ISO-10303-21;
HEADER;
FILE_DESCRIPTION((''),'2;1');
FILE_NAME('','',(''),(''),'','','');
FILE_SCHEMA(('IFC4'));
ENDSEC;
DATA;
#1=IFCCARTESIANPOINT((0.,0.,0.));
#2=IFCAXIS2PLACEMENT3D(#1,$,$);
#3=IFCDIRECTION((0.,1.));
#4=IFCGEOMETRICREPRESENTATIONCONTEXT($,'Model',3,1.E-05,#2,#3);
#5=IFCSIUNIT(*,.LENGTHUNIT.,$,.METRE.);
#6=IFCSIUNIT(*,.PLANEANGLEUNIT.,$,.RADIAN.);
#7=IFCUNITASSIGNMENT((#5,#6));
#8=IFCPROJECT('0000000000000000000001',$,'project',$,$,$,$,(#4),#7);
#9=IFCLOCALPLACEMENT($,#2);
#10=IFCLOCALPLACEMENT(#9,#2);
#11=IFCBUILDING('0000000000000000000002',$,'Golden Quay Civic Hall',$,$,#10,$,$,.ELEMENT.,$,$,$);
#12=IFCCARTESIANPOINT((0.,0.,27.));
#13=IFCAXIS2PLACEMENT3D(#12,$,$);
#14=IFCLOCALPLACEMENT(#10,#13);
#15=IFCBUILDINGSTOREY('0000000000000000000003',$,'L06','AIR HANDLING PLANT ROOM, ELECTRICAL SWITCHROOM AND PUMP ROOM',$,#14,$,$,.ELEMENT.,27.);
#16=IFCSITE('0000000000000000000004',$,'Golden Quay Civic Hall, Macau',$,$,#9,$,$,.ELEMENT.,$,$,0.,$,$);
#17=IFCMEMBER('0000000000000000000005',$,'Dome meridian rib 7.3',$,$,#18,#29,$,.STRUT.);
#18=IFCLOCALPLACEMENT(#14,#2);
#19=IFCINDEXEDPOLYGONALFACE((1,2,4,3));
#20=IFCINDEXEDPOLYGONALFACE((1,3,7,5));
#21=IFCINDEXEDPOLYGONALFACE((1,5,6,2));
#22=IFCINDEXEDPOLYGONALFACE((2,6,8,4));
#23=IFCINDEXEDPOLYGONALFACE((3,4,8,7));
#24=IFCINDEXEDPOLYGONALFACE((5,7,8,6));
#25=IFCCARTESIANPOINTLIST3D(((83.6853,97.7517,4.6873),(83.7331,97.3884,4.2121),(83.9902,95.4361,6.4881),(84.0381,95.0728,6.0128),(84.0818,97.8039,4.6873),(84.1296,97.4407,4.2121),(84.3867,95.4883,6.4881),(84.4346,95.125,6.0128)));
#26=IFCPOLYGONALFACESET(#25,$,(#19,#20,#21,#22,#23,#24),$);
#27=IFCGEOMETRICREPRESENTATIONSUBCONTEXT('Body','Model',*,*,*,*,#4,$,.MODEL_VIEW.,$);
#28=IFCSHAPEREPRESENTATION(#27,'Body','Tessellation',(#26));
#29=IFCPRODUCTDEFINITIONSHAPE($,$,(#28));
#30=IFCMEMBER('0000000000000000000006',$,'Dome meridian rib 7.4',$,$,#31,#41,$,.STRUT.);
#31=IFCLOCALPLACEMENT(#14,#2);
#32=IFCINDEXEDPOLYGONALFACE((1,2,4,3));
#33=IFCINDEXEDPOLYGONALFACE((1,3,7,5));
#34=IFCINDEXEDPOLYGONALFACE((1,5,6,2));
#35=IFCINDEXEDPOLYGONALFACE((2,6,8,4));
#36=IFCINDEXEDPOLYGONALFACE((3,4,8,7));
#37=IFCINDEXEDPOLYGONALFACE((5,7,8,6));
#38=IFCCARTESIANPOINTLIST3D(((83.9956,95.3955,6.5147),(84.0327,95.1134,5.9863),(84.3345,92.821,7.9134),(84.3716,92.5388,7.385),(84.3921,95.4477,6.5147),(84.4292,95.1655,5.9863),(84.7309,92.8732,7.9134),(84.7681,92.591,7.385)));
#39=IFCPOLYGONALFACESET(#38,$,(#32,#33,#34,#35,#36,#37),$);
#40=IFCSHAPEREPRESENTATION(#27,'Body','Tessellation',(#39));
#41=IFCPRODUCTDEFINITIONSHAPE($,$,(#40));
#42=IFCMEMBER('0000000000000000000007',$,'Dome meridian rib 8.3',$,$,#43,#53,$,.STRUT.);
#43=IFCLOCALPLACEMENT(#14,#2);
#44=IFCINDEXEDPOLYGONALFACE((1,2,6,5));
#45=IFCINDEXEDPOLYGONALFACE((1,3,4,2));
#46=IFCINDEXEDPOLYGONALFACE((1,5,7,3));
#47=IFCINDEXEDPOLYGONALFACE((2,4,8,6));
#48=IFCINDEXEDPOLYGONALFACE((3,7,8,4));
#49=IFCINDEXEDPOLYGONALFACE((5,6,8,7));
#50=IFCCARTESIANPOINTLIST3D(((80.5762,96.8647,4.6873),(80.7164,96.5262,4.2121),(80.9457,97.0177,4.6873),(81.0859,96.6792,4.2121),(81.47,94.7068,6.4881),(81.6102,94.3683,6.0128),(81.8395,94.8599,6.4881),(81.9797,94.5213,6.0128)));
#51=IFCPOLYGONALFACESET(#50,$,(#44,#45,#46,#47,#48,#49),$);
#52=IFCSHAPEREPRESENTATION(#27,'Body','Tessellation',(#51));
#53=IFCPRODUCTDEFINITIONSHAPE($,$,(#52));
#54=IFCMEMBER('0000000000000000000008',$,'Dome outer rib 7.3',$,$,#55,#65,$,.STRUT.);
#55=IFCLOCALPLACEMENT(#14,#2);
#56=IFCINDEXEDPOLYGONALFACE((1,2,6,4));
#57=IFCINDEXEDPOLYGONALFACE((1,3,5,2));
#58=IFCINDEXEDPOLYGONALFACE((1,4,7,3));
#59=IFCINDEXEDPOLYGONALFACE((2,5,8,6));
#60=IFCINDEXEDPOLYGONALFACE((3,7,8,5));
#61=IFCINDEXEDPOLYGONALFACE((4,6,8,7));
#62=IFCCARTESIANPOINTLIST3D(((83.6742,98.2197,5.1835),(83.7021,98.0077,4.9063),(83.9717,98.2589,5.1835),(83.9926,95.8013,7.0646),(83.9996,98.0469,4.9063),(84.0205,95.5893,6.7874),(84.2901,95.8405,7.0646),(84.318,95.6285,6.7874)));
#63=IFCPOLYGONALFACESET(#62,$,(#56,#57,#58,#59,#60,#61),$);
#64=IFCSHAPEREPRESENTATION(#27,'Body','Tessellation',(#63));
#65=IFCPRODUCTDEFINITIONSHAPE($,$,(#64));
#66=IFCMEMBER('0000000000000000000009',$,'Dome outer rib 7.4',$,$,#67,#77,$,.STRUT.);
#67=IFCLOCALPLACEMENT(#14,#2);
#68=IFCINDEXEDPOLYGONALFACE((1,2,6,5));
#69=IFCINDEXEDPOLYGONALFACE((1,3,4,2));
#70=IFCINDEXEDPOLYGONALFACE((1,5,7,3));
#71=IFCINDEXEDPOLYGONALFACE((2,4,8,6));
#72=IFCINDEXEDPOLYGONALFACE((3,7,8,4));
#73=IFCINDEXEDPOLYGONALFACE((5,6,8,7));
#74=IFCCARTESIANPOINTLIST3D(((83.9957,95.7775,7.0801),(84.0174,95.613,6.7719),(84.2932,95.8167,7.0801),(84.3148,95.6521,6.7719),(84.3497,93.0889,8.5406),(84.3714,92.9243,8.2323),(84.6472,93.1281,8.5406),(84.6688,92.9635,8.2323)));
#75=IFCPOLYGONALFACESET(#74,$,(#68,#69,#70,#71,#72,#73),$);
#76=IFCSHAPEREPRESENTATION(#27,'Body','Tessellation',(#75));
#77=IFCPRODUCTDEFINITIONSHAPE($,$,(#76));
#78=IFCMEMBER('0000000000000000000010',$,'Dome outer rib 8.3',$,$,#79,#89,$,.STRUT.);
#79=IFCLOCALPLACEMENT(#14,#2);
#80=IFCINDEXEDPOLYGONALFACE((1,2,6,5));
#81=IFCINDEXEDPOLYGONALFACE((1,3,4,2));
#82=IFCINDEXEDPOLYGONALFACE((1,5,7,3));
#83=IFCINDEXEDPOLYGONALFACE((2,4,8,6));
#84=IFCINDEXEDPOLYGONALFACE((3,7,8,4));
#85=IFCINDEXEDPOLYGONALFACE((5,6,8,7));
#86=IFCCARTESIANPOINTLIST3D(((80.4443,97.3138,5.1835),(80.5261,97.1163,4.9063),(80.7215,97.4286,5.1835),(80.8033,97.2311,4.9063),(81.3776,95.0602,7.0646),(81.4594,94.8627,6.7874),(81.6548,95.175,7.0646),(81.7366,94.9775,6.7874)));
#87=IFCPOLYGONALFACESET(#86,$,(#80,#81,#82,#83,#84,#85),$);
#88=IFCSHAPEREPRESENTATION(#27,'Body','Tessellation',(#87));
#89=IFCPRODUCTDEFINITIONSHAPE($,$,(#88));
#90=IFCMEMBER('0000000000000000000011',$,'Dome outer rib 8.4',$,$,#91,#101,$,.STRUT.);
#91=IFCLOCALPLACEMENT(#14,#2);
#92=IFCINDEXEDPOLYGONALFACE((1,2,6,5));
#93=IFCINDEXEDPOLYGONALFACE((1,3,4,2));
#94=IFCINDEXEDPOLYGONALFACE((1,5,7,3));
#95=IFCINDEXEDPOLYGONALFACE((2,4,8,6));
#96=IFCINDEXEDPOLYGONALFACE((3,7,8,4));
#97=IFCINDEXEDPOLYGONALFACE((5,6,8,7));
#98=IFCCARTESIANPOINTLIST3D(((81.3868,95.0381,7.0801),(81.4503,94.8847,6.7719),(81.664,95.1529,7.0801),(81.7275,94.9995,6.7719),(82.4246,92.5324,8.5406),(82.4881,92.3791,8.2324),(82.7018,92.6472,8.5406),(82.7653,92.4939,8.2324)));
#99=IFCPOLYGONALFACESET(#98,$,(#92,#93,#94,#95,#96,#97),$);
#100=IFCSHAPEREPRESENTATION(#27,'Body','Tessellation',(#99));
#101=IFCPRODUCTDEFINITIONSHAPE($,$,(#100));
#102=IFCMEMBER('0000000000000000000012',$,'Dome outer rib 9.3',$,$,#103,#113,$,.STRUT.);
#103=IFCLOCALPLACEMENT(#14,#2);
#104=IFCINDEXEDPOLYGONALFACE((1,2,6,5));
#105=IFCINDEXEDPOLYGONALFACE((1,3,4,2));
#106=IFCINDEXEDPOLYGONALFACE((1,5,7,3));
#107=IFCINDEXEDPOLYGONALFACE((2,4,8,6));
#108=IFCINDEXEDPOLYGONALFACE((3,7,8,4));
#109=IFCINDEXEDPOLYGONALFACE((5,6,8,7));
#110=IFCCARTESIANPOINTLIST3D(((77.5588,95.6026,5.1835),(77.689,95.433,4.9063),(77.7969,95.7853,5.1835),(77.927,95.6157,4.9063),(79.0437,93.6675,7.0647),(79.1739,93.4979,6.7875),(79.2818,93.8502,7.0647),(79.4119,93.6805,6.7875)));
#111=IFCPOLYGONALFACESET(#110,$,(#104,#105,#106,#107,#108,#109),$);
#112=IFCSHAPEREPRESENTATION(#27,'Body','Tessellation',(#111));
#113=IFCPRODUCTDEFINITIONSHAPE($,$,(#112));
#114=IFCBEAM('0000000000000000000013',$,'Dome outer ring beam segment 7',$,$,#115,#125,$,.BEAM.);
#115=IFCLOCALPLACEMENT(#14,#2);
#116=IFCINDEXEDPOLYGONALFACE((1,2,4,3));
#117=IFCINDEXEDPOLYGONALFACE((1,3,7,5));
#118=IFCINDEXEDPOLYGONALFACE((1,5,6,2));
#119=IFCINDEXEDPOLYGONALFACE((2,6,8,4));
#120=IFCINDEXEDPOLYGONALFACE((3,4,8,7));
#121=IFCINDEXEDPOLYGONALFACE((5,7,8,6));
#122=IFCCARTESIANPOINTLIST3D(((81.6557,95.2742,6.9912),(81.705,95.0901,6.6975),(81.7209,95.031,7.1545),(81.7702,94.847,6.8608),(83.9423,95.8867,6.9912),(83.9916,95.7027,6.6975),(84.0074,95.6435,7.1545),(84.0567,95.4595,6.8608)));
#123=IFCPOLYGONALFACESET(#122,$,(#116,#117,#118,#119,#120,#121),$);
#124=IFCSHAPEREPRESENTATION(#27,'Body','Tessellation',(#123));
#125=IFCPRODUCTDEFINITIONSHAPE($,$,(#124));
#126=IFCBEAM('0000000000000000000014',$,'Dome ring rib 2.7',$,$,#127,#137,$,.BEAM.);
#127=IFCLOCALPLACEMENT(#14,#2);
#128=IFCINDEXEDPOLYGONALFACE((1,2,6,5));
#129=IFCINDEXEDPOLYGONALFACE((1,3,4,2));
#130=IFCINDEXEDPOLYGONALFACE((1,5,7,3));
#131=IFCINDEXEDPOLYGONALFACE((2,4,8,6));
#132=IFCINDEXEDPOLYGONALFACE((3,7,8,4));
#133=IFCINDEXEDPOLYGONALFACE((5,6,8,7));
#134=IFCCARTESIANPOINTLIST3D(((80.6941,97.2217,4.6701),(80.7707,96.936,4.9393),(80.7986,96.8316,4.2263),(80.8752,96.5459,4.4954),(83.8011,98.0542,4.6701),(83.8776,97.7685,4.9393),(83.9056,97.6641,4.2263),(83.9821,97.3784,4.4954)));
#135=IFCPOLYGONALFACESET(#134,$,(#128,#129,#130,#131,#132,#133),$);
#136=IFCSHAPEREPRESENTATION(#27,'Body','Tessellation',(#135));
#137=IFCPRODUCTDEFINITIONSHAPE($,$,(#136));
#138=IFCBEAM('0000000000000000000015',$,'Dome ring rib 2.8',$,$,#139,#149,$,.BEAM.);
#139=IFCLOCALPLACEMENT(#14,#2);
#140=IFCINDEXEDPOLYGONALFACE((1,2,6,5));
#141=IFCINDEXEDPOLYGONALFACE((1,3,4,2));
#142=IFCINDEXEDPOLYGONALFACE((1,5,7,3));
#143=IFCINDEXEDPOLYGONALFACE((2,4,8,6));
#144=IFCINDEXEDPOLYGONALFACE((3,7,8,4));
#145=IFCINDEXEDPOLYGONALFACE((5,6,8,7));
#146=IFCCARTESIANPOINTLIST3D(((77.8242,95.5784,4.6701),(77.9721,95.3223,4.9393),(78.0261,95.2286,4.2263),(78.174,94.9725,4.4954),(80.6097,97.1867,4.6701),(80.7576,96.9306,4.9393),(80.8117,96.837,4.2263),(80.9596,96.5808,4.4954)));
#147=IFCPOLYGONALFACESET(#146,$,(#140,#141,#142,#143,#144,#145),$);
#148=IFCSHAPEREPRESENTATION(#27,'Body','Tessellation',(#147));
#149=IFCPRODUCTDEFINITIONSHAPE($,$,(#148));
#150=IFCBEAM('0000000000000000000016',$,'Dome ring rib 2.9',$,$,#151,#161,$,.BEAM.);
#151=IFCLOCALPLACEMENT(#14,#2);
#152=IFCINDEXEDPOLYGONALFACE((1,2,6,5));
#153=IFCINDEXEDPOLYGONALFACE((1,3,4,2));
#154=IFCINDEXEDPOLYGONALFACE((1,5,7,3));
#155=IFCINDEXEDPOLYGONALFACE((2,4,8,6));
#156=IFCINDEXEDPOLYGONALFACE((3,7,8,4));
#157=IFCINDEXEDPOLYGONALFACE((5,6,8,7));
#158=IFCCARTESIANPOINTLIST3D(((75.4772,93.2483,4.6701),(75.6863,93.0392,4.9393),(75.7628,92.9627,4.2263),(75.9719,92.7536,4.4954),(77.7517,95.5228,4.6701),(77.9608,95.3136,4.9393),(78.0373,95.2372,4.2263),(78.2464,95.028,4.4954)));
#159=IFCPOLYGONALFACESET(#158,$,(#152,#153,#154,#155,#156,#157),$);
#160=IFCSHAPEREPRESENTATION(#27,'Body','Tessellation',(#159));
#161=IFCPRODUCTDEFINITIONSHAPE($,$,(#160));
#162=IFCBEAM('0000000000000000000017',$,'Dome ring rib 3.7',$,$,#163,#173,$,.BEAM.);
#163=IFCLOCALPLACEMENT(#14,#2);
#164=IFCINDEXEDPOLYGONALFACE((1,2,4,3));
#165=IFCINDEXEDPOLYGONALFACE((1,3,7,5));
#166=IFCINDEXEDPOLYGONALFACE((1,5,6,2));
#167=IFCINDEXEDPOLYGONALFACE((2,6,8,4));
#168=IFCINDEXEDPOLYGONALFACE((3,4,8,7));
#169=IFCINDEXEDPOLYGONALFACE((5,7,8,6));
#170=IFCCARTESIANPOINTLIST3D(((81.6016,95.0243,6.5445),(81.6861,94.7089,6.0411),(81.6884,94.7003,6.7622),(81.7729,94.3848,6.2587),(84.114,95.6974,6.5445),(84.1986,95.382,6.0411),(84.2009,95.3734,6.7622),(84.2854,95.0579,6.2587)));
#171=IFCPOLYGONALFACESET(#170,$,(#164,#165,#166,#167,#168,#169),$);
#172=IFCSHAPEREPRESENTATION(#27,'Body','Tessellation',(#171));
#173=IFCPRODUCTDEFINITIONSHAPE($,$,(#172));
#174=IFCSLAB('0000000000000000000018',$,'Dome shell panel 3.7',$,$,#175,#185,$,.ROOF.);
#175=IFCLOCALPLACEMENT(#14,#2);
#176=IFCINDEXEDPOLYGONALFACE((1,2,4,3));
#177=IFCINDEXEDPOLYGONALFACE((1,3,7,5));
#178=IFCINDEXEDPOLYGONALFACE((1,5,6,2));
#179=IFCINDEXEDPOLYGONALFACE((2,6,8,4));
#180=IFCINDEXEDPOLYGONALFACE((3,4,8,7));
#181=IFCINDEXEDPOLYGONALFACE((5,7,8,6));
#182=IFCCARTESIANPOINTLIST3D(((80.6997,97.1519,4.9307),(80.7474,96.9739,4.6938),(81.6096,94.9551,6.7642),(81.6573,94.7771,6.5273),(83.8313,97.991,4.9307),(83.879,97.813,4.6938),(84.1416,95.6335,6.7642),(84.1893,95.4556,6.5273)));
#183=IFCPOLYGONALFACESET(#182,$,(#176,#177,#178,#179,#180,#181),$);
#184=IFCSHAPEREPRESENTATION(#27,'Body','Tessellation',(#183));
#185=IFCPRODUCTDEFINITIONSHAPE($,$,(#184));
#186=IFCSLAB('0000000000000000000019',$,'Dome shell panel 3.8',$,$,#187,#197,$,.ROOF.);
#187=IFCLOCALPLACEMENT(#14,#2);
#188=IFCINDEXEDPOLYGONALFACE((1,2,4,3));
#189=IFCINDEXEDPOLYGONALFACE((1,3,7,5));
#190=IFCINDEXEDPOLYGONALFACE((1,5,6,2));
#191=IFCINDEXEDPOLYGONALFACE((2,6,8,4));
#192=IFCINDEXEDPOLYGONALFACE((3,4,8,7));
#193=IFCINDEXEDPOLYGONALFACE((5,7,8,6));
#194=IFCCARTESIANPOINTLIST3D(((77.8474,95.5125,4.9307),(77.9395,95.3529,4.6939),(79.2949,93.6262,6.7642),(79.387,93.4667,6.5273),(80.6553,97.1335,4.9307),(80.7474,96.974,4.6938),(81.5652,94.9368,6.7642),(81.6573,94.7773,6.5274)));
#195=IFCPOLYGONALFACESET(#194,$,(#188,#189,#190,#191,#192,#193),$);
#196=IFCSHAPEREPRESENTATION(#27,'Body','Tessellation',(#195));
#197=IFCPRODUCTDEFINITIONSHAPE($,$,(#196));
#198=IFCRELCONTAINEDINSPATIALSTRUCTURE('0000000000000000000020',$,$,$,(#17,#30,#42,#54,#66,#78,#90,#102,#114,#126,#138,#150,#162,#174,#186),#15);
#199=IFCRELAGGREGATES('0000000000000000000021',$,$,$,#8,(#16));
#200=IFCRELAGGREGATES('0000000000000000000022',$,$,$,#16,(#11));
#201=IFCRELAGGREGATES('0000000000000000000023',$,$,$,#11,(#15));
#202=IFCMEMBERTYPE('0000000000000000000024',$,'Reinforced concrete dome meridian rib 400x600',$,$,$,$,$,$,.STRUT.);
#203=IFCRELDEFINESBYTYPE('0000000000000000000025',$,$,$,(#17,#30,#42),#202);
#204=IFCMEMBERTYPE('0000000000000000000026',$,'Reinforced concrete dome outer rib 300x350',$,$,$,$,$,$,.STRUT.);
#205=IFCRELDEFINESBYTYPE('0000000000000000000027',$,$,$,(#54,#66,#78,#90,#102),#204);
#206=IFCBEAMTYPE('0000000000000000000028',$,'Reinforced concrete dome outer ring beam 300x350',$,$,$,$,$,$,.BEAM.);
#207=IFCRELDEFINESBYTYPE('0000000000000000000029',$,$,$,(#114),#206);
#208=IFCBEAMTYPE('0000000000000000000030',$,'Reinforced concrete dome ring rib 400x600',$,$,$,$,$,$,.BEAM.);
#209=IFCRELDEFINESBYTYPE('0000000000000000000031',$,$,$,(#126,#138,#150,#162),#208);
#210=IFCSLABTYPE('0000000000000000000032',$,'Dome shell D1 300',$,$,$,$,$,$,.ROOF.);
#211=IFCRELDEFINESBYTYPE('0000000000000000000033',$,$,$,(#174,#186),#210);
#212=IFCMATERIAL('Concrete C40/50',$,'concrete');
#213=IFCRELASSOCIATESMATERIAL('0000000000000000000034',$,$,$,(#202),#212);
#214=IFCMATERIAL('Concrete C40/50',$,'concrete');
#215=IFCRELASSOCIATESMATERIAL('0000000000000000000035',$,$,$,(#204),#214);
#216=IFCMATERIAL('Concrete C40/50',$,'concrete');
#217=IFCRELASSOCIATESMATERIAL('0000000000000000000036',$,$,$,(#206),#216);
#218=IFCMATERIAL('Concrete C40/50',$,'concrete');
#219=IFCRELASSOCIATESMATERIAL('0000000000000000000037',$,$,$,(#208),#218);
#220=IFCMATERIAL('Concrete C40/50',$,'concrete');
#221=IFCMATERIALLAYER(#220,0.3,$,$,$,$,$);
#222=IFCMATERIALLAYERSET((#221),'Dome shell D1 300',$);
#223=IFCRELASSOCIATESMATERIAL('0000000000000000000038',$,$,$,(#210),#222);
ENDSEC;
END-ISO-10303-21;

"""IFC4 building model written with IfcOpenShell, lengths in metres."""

from ifc_helpers import new_model, si_unit, direction, frame, origin, origin_2d, place, context, subcontext, project, spatial, polyline, rectangle, outline, extrude, material, layer, layer_set, material_profile, profile_set, type_object, element, save


model = new_model("IFC4")

# Units and contexts
model_context = context("Model", 3, precision=1e-05, world=origin(), true_north=direction((0.0, 1.0)))
body_context = subcontext(model_context, "Body", "Model", "MODEL_VIEW")
ifc_project = project(units=[si_unit("LENGTHUNIT", "METRE"), si_unit("PLANEANGLEUNIT", "RADIAN")], contexts=[model_context])

# Site, building, storey
site_placement = place(None, origin())
site = spatial("IfcSite", under=ifc_project, at=site_placement, Name="Golden Quay Civic Hall, Macau", CompositionType="ELEMENT", RefElevation=0.0)
building_placement = place(site_placement, origin())
building = spatial("IfcBuilding", under=site, at=building_placement, Name="Golden Quay Civic Hall", CompositionType="ELEMENT")
storey_placement = place(building_placement, frame((0.0, 0.0, 27.0)))
storey = spatial("IfcBuildingStorey", under=building, at=storey_placement, Name="L06", Description="AIR HANDLING PLANT ROOM, ELECTRICAL SWITCHROOM AND PUMP ROOM", CompositionType="ELEMENT", Elevation=27.0)

# Members
ifc_material_1 = material(Name="Concrete C40/50", Category="concrete")
ifc_material_profile_1 = material_profile(ifc_material_1, rectangle(XDim=0.3999, YDim=0.6001, at=origin_2d()), Name="RC 400x600")
ifc_profile_set_1 = profile_set([ifc_material_profile_1], Name="Concrete C40/50")
member_type_1 = type_object("IfcMemberType", Name="Reinforced concrete dome meridian rib 400x600", PredefinedType="STRUT", material=ifc_profile_set_1)
member_1_placement = place(storey_placement, frame((83.9075, 97.5962, 4.4497), z_axis=(0.103393, -0.785171, 0.610587), x_axis=(0.991441, 0.130555, 0.0)))
element("IfcMember", 1, at=member_1_placement, inside=storey, type_object=member_type_1, Name="Dome meridian rib 7.3", PredefinedType="STRUT", context=body_context, shape_type="SweptSolid", body=[
    extrude(rectangle(XDim=0.3999, YDim=0.6001, at=origin_2d()), origin(), (0.0, 0.0, 1.0), 2.9492),
])
member_2_placement = place(storey_placement, frame((84.2124, 95.2805, 6.2505), z_axis=(0.114893, -0.872875, 0.474225), x_axis=(0.991448, 0.130501, 0.0)))
element("IfcMember", 2, at=member_2_placement, inside=storey, type_object=member_type_1, Name="Dome meridian rib 7.4", PredefinedType="STRUT", context=body_context, shape_type="SweptSolid", body=[
    extrude(rectangle(XDim=0.3999, YDim=0.6001, at=origin_2d()), origin(), (0.0, 0.0, 1.0), 2.9495),
])
member_3_placement = place(storey_placement, frame((80.8311, 96.772, 4.4497), z_axis=(0.303053, -0.731681, 0.610575), x_axis=(0.923888, 0.382663, 0.0)))
element("IfcMember", 3, at=member_3_placement, inside=storey, type_object=member_type_1, Name="Dome meridian rib 8.3", PredefinedType="STRUT", context=body_context, shape_type="SweptSolid", body=[
    extrude(rectangle(XDim=0.3999, YDim=0.6001, at=origin_2d()), origin(), (0.0, 0.0, 1.0), 2.9492),
])
ifc_material_2 = material(Name="Concrete C40/50", Category="concrete")
ifc_material_profile_2 = material_profile(ifc_material_2, rectangle(XDim=0.3, YDim=0.3501, at=origin_2d()), Name="RC 300x350")
ifc_profile_set_2 = profile_set([ifc_material_profile_2], Name="Concrete C40/50")
member_type_2 = type_object("IfcMemberType", Name="Reinforced concrete dome outer rib 300x350", PredefinedType="STRUT", material=ifc_profile_set_2)
member_4_placement = place(storey_placement, frame((83.8369, 98.1333, 5.0449), z_axis=(0.10335, -0.785112, 0.610669), x_axis=(0.991447, 0.130511, 0.0)))
element("IfcMember", 4, at=member_4_placement, inside=storey, type_object=member_type_2, Name="Dome outer rib 7.3", PredefinedType="STRUT", context=body_context, shape_type="SweptSolid", body=[
    extrude(rectangle(XDim=0.3, YDim=0.3501, at=origin_2d()), origin(), (0.0, 0.0, 1.0), 3.0803),
])
member_5_placement = place(storey_placement, frame((84.1553, 95.7148, 6.926), z_axis=(0.11493, -0.872913, 0.474146), x_axis=(0.991444, 0.130536, 0.0)))
element("IfcMember", 5, at=member_5_placement, inside=storey, type_object=member_type_2, Name="Dome outer rib 7.4", PredefinedType="STRUT", context=body_context, shape_type="SweptSolid", body=[
    extrude(rectangle(XDim=0.3, YDim=0.3501, at=origin_2d()), origin(), (0.0, 0.0, 1.0), 3.0801),
])
for number, where, z_axis, x_axis, name in (
    (6, (80.6238, 97.2725, 5.0449), (0.302999, -0.73162, 0.610674), (0.923901, 0.382632, 0.0), "Dome outer rib 8.3"),
    (7, (81.5571, 95.0188, 6.926), (0.336931, -0.813437, 0.474128), (0.923882, 0.382678, 0.0), "Dome outer rib 8.4"),
    (8, (77.7429, 95.6091, 5.0449), (0.482062, -0.628219, 0.610702), (0.793345, 0.608772, 0.0), "Dome outer rib 9.3"),
):
    element("IfcMember", number, at=place(storey_placement, frame(where, z_axis=z_axis, x_axis=x_axis)), inside=storey, type_object=member_type_2, Name=name, PredefinedType="STRUT", context=body_context, shape_type="SweptSolid", body=[
        extrude(rectangle(XDim=0.3, YDim=0.3501, at=origin_2d()), origin(), (0.0, 0.0, 1.0), 3.0803),
    ])

# Beams
ifc_material_3 = material(Name="Concrete C40/50", Category="concrete")
ifc_material_profile_3 = material_profile(ifc_material_3, rectangle(XDim=0.3, YDim=0.3501, at=origin_2d()), Name="RC 300x350")
ifc_profile_set_3 = profile_set([ifc_material_profile_3], Name="Concrete C40/50")
beam_type_1 = type_object("IfcBeamType", Name="Reinforced concrete dome outer ring beam 300x350", PredefinedType="BEAM", material=ifc_profile_set_3)
beam_1_placement = place(storey_placement, frame((83.9995, 95.6731, 6.926), z_axis=(-0.965942, -0.25876, 0.0), x_axis=(0.217087, -0.810377, 0.544209)))
element("IfcBeam", 9, at=beam_1_placement, inside=storey, type_object=beam_type_1, Name="Dome outer ring beam segment 7", PredefinedType="BEAM", context=body_context, shape_type="SweptSolid", body=[
    extrude(rectangle(XDim=0.3, YDim=0.3501, at=origin_2d()), origin(), (0.0, 0.0, 1.0), 2.3672),
])
ifc_material_4 = material(Name="Concrete C40/50", Category="concrete")
ifc_material_profile_4 = material_profile(ifc_material_4, rectangle(XDim=0.3999, YDim=0.6001, at=origin_2d()), Name="RC 400x600")
ifc_profile_set_4 = profile_set([ifc_material_profile_4], Name="Concrete C40/50")
beam_type_2 = type_object("IfcBeamType", Name="Reinforced concrete dome ring rib 400x600", PredefinedType="BEAM", material=ifc_profile_set_4)
for number, where, z_axis, x_axis, name in (
    (10, (83.8916, 97.7163, 4.5828), (-0.965924, -0.258825, 0.0), (0.191425, -0.714393, 0.673053), "Dome ring rib 2.7"),
    (11, (80.7847, 96.8838, 4.5828), (-0.866011, -0.500025, 0.0), (0.369816, -0.640497, 0.673053), "Dome ring rib 2.8"),
    (12, (77.999, 95.2754, 4.5828), (-0.707107, -0.707107, 0.0), (0.522972, -0.522972, 0.673053), "Dome ring rib 2.9"),
):
    element("IfcBeam", number, at=place(storey_placement, frame(where, z_axis=z_axis, x_axis=x_axis)), inside=storey, type_object=beam_type_2, Name=name, PredefinedType="BEAM", context=body_context, shape_type="SweptSolid", body=[
        extrude(rectangle(XDim=0.3999, YDim=0.6001, at=origin_2d()), origin(), (0.0, 0.0, 1.0), 3.2166),
    ])
beam_2_placement = place(storey_placement, frame((84.1997, 95.3777, 6.4016), z_axis=(-0.965937, -0.258778, 0.0), x_axis=(0.217102, -0.810373, 0.544209)))
element("IfcBeam", 13, at=beam_2_placement, inside=storey, type_object=beam_type_2, Name="Dome ring rib 3.7", PredefinedType="BEAM", context=body_context, shape_type="SweptSolid", body=[
    extrude(rectangle(XDim=0.3999, YDim=0.6001, at=origin_2d()), origin(), (0.0, 0.0, 1.0), 2.6011),
])

# Slabs
ifc_material_5 = material(Name="Concrete C40/50", Category="concrete")
ifc_layer_1 = layer(ifc_material_5, 0.3)
ifc_layer_set_1 = layer_set([ifc_layer_1], Name="Dome shell D1 300")
slab_type = type_object("IfcSlabType", Name="Dome shell D1 300", PredefinedType="ROOF", material=ifc_layer_set_1)
slab_1_placement = place(storey_placement, frame((83.8313, 97.991, 4.9307), z_axis=(-0.1589, 0.59301, 0.78936), x_axis=(-0.965925, -0.258821, -0.000002)))
element("IfcSlab", 14, at=slab_1_placement, inside=storey, type_object=slab_type, Name="Dome shell panel 3.7", PredefinedType="ROOF", context=body_context, shape_type="SweptSolid", body=[
    extrude(outline(polyline([(0.0, 0.0), (3.2421, 0.0), (2.9317, 2.9865), (0.3104, 2.9865), (0.0, 0.0)])), origin(), (0.0, 0.0, -1.0), 0.3),
])
slab_2_placement = place(storey_placement, frame((80.6553, 97.1335, 4.9307), z_axis=(-0.306954, 0.531698, 0.789352), x_axis=(-0.866034, -0.499986, 0.000012)))
element("IfcSlab", 15, at=slab_2_placement, inside=storey, type_object=slab_type, Name="Dome shell panel 3.8", PredefinedType="ROOF", context=body_context, shape_type="SweptSolid", body=[
    extrude(outline(polyline([(0.0, 0.0), (3.2422, 0.0), (2.9317, 2.9864), (0.3104, 2.9865), (0.0, 0.0)])), origin(), (0.0, 0.0, -1.0), 0.3),
])

save(model, "model.ifc")
